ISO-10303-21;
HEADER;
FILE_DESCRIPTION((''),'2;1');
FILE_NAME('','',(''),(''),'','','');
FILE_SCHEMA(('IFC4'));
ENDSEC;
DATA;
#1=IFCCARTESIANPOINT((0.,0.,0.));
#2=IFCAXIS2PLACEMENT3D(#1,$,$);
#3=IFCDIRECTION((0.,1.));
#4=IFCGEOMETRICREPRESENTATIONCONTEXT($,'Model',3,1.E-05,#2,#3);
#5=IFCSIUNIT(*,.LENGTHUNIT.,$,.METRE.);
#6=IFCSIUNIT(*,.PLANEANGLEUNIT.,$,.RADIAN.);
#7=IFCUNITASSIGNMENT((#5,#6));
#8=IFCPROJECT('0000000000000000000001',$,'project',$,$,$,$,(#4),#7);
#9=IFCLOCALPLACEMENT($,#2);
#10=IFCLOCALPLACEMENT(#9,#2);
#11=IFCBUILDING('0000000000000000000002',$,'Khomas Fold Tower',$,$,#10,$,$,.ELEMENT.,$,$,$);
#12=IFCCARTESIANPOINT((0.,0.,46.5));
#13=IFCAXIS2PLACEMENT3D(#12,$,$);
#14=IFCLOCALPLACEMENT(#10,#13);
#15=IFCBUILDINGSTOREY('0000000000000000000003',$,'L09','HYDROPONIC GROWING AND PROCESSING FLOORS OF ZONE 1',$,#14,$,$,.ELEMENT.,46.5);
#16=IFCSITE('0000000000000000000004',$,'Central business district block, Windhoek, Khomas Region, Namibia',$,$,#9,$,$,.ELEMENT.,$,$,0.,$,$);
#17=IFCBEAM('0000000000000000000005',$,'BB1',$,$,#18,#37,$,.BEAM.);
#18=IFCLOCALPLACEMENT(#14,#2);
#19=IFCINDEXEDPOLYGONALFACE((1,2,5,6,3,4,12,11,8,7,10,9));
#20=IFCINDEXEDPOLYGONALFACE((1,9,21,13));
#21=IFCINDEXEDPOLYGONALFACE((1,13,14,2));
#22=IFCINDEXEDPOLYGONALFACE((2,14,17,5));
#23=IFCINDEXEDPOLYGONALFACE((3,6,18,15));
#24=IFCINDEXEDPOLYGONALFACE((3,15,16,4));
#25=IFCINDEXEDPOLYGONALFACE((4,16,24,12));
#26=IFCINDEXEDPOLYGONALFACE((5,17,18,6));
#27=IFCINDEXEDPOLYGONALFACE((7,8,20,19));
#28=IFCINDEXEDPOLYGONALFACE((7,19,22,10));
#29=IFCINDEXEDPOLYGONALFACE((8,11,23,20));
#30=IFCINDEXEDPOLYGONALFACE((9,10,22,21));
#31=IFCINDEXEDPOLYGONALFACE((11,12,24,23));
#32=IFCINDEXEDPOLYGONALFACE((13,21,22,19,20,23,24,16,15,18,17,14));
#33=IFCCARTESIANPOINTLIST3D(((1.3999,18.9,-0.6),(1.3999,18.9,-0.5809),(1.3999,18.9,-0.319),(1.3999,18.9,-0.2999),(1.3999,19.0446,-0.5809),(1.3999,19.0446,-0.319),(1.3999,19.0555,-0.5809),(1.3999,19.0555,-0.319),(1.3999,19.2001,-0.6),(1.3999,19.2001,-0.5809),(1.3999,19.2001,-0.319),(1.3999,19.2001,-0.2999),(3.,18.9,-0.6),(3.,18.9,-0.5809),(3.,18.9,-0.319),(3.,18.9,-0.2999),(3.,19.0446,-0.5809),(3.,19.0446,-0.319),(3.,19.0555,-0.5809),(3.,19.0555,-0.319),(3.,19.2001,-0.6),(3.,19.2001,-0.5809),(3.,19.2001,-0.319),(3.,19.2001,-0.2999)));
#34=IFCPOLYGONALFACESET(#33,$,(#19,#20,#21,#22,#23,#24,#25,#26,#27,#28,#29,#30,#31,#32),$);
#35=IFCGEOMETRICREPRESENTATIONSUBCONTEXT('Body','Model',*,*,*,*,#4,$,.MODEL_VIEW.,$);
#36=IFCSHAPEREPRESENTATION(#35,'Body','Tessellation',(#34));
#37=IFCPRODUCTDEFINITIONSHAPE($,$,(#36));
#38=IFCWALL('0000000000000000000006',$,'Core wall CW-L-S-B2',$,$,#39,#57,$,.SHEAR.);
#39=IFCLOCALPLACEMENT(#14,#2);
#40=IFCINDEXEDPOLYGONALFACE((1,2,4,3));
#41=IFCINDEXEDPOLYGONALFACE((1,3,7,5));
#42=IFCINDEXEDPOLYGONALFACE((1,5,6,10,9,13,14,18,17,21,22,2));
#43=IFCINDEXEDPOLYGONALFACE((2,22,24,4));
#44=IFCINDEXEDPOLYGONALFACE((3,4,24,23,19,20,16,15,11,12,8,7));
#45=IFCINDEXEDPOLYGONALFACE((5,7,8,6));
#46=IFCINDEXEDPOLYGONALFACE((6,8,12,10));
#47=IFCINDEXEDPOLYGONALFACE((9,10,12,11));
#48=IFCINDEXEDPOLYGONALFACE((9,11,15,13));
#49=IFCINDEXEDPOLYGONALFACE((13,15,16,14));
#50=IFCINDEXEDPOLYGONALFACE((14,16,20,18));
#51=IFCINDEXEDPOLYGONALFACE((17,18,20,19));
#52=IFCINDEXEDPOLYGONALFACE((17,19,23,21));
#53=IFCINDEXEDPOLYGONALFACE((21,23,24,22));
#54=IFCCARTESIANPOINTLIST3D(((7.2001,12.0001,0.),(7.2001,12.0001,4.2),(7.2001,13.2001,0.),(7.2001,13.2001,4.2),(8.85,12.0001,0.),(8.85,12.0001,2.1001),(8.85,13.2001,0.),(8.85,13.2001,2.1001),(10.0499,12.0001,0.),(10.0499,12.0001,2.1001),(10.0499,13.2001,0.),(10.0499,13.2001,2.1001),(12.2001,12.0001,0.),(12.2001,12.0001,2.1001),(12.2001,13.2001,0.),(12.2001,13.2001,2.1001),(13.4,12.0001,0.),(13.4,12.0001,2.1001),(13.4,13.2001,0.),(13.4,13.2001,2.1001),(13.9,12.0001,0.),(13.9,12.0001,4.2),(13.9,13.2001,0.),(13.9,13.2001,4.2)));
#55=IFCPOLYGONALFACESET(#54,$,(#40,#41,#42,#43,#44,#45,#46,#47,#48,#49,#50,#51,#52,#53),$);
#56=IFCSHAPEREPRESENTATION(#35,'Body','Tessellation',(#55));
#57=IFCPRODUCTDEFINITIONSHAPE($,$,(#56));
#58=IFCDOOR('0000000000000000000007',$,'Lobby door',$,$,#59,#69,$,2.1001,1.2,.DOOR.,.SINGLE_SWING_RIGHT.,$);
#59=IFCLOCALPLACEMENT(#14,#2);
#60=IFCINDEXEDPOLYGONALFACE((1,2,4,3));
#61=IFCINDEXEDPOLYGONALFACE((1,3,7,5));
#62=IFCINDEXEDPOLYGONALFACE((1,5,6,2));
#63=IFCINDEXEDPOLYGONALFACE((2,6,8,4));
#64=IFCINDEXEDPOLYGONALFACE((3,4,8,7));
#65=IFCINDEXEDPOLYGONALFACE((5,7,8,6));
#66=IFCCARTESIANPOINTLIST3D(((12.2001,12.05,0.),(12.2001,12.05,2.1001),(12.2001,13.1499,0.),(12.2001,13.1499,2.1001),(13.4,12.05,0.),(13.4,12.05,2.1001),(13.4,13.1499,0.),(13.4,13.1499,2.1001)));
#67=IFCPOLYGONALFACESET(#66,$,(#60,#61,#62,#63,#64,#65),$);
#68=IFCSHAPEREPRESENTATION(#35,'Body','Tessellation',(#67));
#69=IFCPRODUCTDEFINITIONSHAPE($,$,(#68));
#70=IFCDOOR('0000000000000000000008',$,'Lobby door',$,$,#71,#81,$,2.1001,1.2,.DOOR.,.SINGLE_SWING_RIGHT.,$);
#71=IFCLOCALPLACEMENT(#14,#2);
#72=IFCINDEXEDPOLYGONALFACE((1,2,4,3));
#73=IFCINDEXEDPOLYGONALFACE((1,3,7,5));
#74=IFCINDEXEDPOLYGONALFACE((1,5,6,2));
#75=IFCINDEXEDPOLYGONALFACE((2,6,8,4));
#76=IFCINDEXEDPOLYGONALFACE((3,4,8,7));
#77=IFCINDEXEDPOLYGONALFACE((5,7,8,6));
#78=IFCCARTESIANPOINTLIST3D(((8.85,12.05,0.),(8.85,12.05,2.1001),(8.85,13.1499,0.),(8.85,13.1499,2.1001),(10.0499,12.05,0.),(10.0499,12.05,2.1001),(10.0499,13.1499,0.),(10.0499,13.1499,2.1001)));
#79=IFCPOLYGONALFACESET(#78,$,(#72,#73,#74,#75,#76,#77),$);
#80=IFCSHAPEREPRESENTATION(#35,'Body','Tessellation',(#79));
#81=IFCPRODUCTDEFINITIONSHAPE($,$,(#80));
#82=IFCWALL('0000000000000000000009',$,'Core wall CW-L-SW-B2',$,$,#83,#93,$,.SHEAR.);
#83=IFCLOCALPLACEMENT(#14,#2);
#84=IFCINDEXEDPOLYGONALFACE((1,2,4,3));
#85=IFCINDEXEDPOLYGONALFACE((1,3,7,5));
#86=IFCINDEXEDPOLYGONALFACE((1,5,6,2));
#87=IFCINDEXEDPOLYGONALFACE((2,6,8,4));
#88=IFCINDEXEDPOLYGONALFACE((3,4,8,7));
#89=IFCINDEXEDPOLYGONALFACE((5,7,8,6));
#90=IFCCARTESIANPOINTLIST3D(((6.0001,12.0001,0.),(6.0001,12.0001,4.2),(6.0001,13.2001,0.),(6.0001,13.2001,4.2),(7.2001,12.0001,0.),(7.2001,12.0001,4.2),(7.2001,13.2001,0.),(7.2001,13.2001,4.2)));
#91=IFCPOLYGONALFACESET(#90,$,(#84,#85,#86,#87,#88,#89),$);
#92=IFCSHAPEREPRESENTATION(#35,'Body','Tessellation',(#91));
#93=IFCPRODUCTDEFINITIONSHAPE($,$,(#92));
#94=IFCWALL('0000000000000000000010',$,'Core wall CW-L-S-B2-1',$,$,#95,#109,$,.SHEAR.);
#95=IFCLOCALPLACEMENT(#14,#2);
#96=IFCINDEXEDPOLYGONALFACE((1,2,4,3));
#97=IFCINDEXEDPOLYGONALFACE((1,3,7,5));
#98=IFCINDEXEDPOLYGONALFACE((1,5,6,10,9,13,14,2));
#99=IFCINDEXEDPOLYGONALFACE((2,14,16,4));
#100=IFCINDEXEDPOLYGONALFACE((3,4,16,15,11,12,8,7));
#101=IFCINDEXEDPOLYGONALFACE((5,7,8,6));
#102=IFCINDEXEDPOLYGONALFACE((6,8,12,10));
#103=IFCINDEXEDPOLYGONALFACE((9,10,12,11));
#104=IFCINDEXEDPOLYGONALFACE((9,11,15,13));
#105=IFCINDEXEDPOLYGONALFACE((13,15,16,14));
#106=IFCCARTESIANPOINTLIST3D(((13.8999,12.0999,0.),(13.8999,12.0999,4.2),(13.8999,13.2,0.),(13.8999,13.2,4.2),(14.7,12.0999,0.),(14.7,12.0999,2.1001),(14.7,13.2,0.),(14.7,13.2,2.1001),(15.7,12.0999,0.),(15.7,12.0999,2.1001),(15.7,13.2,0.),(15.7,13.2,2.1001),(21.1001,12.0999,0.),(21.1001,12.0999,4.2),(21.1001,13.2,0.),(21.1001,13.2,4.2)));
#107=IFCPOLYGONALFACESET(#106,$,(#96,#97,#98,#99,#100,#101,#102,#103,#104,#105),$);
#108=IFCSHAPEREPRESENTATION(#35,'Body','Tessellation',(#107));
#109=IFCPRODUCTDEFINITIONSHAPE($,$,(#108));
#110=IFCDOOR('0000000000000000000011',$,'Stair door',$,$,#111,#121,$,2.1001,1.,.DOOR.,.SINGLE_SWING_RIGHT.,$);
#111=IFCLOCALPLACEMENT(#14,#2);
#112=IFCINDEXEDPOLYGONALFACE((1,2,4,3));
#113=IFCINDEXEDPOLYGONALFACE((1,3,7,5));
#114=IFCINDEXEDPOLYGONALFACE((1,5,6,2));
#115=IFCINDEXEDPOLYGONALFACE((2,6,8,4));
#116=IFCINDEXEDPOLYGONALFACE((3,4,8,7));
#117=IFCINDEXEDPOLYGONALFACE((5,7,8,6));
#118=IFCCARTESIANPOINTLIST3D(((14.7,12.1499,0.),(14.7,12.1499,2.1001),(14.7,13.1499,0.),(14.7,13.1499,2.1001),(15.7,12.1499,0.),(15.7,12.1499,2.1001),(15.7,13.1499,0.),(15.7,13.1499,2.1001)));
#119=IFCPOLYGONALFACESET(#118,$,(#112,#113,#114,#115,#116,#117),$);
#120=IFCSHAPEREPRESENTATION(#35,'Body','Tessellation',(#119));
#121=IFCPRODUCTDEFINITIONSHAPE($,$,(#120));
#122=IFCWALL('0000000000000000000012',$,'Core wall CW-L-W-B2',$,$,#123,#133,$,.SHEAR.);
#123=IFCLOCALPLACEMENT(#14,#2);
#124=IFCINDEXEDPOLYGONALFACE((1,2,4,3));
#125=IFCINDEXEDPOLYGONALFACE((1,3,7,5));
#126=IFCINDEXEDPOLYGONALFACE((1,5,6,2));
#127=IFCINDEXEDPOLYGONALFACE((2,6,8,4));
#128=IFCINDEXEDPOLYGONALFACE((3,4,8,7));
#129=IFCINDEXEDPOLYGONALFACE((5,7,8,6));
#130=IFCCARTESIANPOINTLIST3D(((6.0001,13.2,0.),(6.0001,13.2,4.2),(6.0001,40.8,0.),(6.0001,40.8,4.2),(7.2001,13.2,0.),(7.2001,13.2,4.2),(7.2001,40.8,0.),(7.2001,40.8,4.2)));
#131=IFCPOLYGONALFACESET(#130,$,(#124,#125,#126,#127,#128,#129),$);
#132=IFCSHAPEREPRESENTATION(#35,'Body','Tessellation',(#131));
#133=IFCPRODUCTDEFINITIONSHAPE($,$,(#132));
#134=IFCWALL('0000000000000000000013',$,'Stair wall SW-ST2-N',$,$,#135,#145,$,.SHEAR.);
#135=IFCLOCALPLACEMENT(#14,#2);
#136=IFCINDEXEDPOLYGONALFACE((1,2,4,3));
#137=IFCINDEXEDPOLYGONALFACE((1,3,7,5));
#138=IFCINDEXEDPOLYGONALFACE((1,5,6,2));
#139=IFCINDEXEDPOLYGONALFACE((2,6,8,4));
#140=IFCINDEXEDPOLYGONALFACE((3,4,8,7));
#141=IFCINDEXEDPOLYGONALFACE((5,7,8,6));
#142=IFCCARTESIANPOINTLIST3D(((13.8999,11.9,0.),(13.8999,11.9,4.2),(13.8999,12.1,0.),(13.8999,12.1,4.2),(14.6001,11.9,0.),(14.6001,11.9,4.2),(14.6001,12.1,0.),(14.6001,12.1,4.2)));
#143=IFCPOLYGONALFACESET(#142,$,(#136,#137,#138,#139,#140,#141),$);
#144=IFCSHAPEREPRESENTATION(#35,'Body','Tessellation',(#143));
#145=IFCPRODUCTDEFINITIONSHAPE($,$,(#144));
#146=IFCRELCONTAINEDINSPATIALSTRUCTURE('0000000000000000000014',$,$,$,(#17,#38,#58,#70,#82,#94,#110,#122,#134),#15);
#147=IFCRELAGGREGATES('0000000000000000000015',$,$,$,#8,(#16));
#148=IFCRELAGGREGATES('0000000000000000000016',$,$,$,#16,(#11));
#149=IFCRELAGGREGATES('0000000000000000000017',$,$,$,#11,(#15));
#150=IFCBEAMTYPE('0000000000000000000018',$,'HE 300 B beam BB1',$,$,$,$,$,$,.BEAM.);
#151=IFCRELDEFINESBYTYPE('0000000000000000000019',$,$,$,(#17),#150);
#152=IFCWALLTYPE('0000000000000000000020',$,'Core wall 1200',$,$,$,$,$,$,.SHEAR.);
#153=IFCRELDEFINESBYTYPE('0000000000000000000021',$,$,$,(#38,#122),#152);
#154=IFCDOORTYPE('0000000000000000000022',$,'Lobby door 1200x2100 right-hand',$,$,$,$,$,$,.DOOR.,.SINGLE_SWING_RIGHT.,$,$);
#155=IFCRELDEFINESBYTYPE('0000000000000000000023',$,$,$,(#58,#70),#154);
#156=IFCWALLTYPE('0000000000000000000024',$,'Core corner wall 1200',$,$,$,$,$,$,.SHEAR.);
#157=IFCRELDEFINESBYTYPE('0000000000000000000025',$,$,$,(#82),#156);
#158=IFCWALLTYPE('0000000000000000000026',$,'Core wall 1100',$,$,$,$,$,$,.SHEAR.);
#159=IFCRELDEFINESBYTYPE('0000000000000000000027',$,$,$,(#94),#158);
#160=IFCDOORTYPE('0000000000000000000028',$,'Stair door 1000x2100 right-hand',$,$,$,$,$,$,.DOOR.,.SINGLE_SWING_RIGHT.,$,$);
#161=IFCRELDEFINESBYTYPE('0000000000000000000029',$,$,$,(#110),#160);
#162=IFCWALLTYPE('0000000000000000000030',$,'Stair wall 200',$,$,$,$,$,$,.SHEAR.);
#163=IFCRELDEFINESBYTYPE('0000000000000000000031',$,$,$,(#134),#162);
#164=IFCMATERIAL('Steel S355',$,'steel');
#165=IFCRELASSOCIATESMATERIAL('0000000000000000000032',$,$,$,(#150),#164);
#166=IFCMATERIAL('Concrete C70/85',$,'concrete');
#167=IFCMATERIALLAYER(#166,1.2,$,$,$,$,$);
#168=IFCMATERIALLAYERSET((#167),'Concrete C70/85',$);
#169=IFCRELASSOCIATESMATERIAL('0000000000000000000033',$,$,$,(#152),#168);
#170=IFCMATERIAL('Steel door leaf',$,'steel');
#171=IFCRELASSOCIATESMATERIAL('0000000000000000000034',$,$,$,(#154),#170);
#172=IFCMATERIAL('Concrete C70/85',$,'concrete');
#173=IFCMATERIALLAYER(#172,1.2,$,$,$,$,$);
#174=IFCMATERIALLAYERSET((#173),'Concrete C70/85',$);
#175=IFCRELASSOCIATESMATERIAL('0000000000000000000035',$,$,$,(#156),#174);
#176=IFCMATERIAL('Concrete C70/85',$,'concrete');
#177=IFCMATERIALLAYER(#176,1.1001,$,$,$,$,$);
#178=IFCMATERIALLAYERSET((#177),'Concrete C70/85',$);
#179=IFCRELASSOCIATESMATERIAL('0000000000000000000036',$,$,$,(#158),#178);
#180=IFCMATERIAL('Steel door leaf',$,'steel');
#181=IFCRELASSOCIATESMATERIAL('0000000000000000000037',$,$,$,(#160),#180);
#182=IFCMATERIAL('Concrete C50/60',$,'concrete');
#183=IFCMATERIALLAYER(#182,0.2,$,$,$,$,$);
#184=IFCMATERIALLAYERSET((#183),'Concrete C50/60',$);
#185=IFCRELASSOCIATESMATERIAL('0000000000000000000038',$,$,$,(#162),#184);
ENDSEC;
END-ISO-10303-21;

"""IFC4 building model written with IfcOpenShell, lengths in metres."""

from ifc_helpers import new_model, si_unit, direction, frame, frame_2d, origin, origin_2d, place, context, subcontext, project, spatial, rectangle, i_section, extrude, source, transform, mapped, material, layer, layer_set, material_profile, profile_set, type_object, element, fill, save


model = new_model("IFC4")

# Units and contexts
model_context = context("Model", 3, precision=1e-05, world=origin(), true_north=direction((0.0, 1.0)))
body_context = subcontext(model_context, "Body", "Model", "MODEL_VIEW")
ifc_project = project(units=[si_unit("LENGTHUNIT", "METRE"), si_unit("PLANEANGLEUNIT", "RADIAN")], contexts=[model_context])

# Site, building, storey
site_placement = place(None, origin())
site = spatial("IfcSite", under=ifc_project, at=site_placement, Name="Central business district block, Windhoek, Khomas Region, Namibia", CompositionType="ELEMENT", RefElevation=0.0)
building_placement = place(site_placement, origin())
building = spatial("IfcBuilding", under=site, at=building_placement, Name="Khomas Fold Tower", CompositionType="ELEMENT")
storey_placement = place(building_placement, frame((0.0, 0.0, 46.5)))
storey = spatial("IfcBuildingStorey", under=building, at=storey_placement, Name="L09", Description="HYDROPONIC GROWING AND PROCESSING FLOORS OF ZONE 1", CompositionType="ELEMENT", Elevation=46.5)

# Beam
ifc_material_1 = material(Name="Steel S355", Category="steel")
ifc_material_profile = material_profile(ifc_material_1, i_section(OverallWidth=0.3, OverallDepth=0.3, WebThickness=0.011, FlangeThickness=0.019, at=origin_2d()), Name="HE 300 B")
ifc_profile_set = profile_set([ifc_material_profile], Name="Steel S355")
beam_type = type_object("IfcBeamType", Name="HE 300 B beam BB1", PredefinedType="BEAM", material=ifc_profile_set)
shared_shape_1 = source(origin(), body_context, "Body", "SweptSolid", [
    extrude(i_section(OverallWidth=0.3, OverallDepth=0.3, WebThickness=0.011, FlangeThickness=0.019, at=origin_2d()), origin(), (0.0, 0.0, 1.0), 1.6001),
])
beam_placement = place(storey_placement, frame((1.3999, 19.05, -0.45), z_axis=(1.0, 0.0, 0.0), x_axis=(0.0, 1.0, 0.0)))
element("IfcBeam", 1, at=beam_placement, inside=storey, type_object=beam_type, Name="BB1", PredefinedType="BEAM", context=body_context, shape_type="MappedRepresentation", body=[
    mapped(shared_shape_1, transform((0.0, 0.0, 0.0))),
])

# Wall, openings, doors
ifc_material_2 = material(Name="Concrete C70/85", Category="concrete")
ifc_layer_1 = layer(ifc_material_2, 1.2)
ifc_layer_set_1 = layer_set([ifc_layer_1], Name="Concrete C70/85")
wall_type_1 = type_object("IfcWallType", Name="Core wall 1200", PredefinedType="SHEAR", material=ifc_layer_set_1)
shared_shape_2 = source(origin(), body_context, "Body", "SweptSolid", [
    extrude(rectangle(XDim=6.7, YDim=1.2, at=frame_2d((3.3501, 0.0))), origin(), (0.0, 0.0, 1.0), 4.2),
])
wall_1_placement = place(storey_placement, frame((7.2, 12.6001, 0.0), z_axis=(0.0, 0.0, 1.0), x_axis=(1.0, 0.0, 0.0)))
wall_1 = element("IfcWall", 2, at=wall_1_placement, inside=storey, type_object=wall_type_1, Name="Core wall CW-L-S-B2", PredefinedType="SHEAR", context=body_context, shape_type="MappedRepresentation", body=[
    mapped(shared_shape_2, transform((0.0, 0.0, 0.0))),
])
shared_shape_3 = source(origin(), body_context, "Body", "SweptSolid", [
    extrude(rectangle(XDim=1.2, YDim=2.1001, at=frame_2d((0.6001, 1.05))), frame((0.0, 0.6099, 0.0), z_axis=(0.0, -1.0, 0.0), x_axis=(1.0, 0.0, 0.0)), (0.0, 0.0, 1.0), 1.22),
])
opening_1_placement = place(wall_1_placement, frame((5.0, 0.0, 0.0)))
opening_1 = element("IfcOpeningElement", 3, at=opening_1_placement, cuts=wall_1, PredefinedType="OPENING", context=body_context, shape_type="MappedRepresentation", body=[
    mapped(shared_shape_3, transform((0.0, 0.0, 0.0))),
])
opening_2_placement = place(wall_1_placement, frame((1.6499, 0.0, 0.0)))
opening_2 = element("IfcOpeningElement", 4, at=opening_2_placement, cuts=wall_1, PredefinedType="OPENING", context=body_context, shape_type="MappedRepresentation", body=[
    mapped(shared_shape_3, transform((0.0, 0.0, 0.0))),
])
ifc_material_3 = material(Name="Steel door leaf", Category="steel")
door_type_1 = type_object("IfcDoorType", Name="Lobby door 1200x2100 right-hand", OperationType="SINGLE_SWING_RIGHT", PredefinedType="DOOR", material=ifc_material_3)
shared_shape_4 = source(origin(), body_context, "Body", "SweptSolid", [
    extrude(rectangle(XDim=1.2, YDim=2.1001, at=frame_2d((0.6001, 1.05))), frame((0.0, 0.5498, 0.0), z_axis=(0.0, -1.0, 0.0), x_axis=(1.0, 0.0, 0.0)), (0.0, 0.0, 1.0), 1.0999),
])
door_1_placement = place(opening_1_placement, origin())
door_1 = element("IfcDoor", 5, at=door_1_placement, inside=storey, type_object=door_type_1, Name="Lobby door", OperationType="SINGLE_SWING_RIGHT", OverallHeight=2.1001, OverallWidth=1.2, PredefinedType="DOOR", context=body_context, shape_type="MappedRepresentation", body=[
    mapped(shared_shape_4, transform((0.0, 0.0, 0.0))),
])
fill(opening_1, door_1)
door_2_placement = place(opening_2_placement, origin())
door_2 = element("IfcDoor", 6, at=door_2_placement, inside=storey, type_object=door_type_1, Name="Lobby door", OperationType="SINGLE_SWING_RIGHT", OverallHeight=2.1001, OverallWidth=1.2, PredefinedType="DOOR", context=body_context, shape_type="MappedRepresentation", body=[
    mapped(shared_shape_4, transform((0.0, 0.0, 0.0))),
])
fill(opening_2, door_2)

# Wall
ifc_material_4 = material(Name="Concrete C70/85", Category="concrete")
ifc_layer_2 = layer(ifc_material_4, 1.2)
ifc_layer_set_2 = layer_set([ifc_layer_2], Name="Concrete C70/85")
wall_type_2 = type_object("IfcWallType", Name="Core corner wall 1200", PredefinedType="SHEAR", material=ifc_layer_set_2)
shared_shape_5 = source(origin(), body_context, "Body", "SweptSolid", [
    extrude(rectangle(XDim=1.2, YDim=1.2, at=frame_2d((0.6001, 0.0))), origin(), (0.0, 0.0, 1.0), 4.2),
])
wall_2_placement = place(storey_placement, frame((6.0, 12.6001, 0.0), z_axis=(0.0, 0.0, 1.0), x_axis=(1.0, 0.0, 0.0)))
element("IfcWall", 7, at=wall_2_placement, inside=storey, type_object=wall_type_2, Name="Core wall CW-L-SW-B2", PredefinedType="SHEAR", context=body_context, shape_type="MappedRepresentation", body=[
    mapped(shared_shape_5, transform((0.0, 0.0, 0.0))),
])

# Wall, opening, door
ifc_material_5 = material(Name="Concrete C70/85", Category="concrete")
ifc_layer_3 = layer(ifc_material_5, 1.1001)
ifc_layer_set_3 = layer_set([ifc_layer_3], Name="Concrete C70/85")
wall_type_3 = type_object("IfcWallType", Name="Core wall 1100", PredefinedType="SHEAR", material=ifc_layer_set_3)
shared_shape_6 = source(origin(), body_context, "Body", "SweptSolid", [
    extrude(rectangle(XDim=7.2002, YDim=1.1001, at=frame_2d((3.6001, 0.0))), origin(), (0.0, 0.0, 1.0), 4.2),
])
wall_3_placement = place(storey_placement, frame((13.8999, 12.6499, 0.0), z_axis=(0.0, 0.0, 1.0), x_axis=(1.0, 0.0, 0.0)))
wall_3 = element("IfcWall", 8, at=wall_3_placement, inside=storey, type_object=wall_type_3, Name="Core wall CW-L-S-B2-1", PredefinedType="SHEAR", context=body_context, shape_type="MappedRepresentation", body=[
    mapped(shared_shape_6, transform((0.0, 0.0, 0.0))),
])
shared_shape_7 = source(origin(), body_context, "Body", "SweptSolid", [
    extrude(rectangle(XDim=1.0, YDim=2.1001, at=frame_2d((0.5, 1.05))), frame((0.0, 0.5601, 0.0), z_axis=(0.0, -1.0, 0.0), x_axis=(1.0, 0.0, 0.0)), (0.0, 0.0, 1.0), 1.1201),
])
opening_3_placement = place(wall_3_placement, frame((0.8, 0.0, 0.0)))
opening_3 = element("IfcOpeningElement", 9, at=opening_3_placement, cuts=wall_3, PredefinedType="OPENING", context=body_context, shape_type="MappedRepresentation", body=[
    mapped(shared_shape_7, transform((0.0, 0.0, 0.0))),
])
ifc_material_6 = material(Name="Steel door leaf", Category="steel")
door_type_2 = type_object("IfcDoorType", Name="Stair door 1000x2100 right-hand", OperationType="SINGLE_SWING_RIGHT", PredefinedType="DOOR", material=ifc_material_6)
shared_shape_8 = source(origin(), body_context, "Body", "SweptSolid", [
    extrude(rectangle(XDim=1.0, YDim=2.1001, at=frame_2d((0.5, 1.05))), frame((0.0, 0.5, 0.0), z_axis=(0.0, -1.0, 0.0), x_axis=(1.0, 0.0, 0.0)), (0.0, 0.0, 1.0), 1.0),
])
door_3_placement = place(opening_3_placement, origin())
door_3 = element("IfcDoor", 10, at=door_3_placement, inside=storey, type_object=door_type_2, Name="Stair door", OperationType="SINGLE_SWING_RIGHT", OverallHeight=2.1001, OverallWidth=1.0, PredefinedType="DOOR", context=body_context, shape_type="MappedRepresentation", body=[
    mapped(shared_shape_8, transform((0.0, 0.0, 0.0))),
])
fill(opening_3, door_3)

# Walls
shared_shape_9 = source(origin(), body_context, "Body", "SweptSolid", [
    extrude(rectangle(XDim=27.6001, YDim=1.2, at=frame_2d((13.8, 0.0))), origin(), (0.0, 0.0, 1.0), 4.2),
])
wall_4_placement = place(storey_placement, frame((6.6001, 13.2, 0.0), z_axis=(0.0, 0.0, 1.0), x_axis=(0.0, 1.0, 0.0)))
element("IfcWall", 11, at=wall_4_placement, inside=storey, type_object=wall_type_1, Name="Core wall CW-L-W-B2", PredefinedType="SHEAR", context=body_context, shape_type="MappedRepresentation", body=[
    mapped(shared_shape_9, transform((0.0, 0.0, 0.0))),
])
ifc_material_7 = material(Name="Concrete C50/60", Category="concrete")
ifc_layer_4 = layer(ifc_material_7, 0.2)
ifc_layer_set_4 = layer_set([ifc_layer_4], Name="Concrete C50/60")
wall_type_4 = type_object("IfcWallType", Name="Stair wall 200", PredefinedType="SHEAR", material=ifc_layer_set_4)
shared_shape_10 = source(origin(), body_context, "Body", "SweptSolid", [
    extrude(rectangle(XDim=0.7002, YDim=0.2, at=frame_2d((0.3501, 0.0))), origin(), (0.0, 0.0, 1.0), 4.2),
])
wall_5_placement = place(storey_placement, frame((13.8999, 12.0, 0.0), z_axis=(0.0, 0.0, 1.0), x_axis=(1.0, 0.0, 0.0)))
element("IfcWall", 12, at=wall_5_placement, inside=storey, type_object=wall_type_4, Name="Stair wall SW-ST2-N", PredefinedType="SHEAR", context=body_context, shape_type="MappedRepresentation", body=[
    mapped(shared_shape_10, transform((0.0, 0.0, 0.0))),
])

save(model, "model.ifc")
